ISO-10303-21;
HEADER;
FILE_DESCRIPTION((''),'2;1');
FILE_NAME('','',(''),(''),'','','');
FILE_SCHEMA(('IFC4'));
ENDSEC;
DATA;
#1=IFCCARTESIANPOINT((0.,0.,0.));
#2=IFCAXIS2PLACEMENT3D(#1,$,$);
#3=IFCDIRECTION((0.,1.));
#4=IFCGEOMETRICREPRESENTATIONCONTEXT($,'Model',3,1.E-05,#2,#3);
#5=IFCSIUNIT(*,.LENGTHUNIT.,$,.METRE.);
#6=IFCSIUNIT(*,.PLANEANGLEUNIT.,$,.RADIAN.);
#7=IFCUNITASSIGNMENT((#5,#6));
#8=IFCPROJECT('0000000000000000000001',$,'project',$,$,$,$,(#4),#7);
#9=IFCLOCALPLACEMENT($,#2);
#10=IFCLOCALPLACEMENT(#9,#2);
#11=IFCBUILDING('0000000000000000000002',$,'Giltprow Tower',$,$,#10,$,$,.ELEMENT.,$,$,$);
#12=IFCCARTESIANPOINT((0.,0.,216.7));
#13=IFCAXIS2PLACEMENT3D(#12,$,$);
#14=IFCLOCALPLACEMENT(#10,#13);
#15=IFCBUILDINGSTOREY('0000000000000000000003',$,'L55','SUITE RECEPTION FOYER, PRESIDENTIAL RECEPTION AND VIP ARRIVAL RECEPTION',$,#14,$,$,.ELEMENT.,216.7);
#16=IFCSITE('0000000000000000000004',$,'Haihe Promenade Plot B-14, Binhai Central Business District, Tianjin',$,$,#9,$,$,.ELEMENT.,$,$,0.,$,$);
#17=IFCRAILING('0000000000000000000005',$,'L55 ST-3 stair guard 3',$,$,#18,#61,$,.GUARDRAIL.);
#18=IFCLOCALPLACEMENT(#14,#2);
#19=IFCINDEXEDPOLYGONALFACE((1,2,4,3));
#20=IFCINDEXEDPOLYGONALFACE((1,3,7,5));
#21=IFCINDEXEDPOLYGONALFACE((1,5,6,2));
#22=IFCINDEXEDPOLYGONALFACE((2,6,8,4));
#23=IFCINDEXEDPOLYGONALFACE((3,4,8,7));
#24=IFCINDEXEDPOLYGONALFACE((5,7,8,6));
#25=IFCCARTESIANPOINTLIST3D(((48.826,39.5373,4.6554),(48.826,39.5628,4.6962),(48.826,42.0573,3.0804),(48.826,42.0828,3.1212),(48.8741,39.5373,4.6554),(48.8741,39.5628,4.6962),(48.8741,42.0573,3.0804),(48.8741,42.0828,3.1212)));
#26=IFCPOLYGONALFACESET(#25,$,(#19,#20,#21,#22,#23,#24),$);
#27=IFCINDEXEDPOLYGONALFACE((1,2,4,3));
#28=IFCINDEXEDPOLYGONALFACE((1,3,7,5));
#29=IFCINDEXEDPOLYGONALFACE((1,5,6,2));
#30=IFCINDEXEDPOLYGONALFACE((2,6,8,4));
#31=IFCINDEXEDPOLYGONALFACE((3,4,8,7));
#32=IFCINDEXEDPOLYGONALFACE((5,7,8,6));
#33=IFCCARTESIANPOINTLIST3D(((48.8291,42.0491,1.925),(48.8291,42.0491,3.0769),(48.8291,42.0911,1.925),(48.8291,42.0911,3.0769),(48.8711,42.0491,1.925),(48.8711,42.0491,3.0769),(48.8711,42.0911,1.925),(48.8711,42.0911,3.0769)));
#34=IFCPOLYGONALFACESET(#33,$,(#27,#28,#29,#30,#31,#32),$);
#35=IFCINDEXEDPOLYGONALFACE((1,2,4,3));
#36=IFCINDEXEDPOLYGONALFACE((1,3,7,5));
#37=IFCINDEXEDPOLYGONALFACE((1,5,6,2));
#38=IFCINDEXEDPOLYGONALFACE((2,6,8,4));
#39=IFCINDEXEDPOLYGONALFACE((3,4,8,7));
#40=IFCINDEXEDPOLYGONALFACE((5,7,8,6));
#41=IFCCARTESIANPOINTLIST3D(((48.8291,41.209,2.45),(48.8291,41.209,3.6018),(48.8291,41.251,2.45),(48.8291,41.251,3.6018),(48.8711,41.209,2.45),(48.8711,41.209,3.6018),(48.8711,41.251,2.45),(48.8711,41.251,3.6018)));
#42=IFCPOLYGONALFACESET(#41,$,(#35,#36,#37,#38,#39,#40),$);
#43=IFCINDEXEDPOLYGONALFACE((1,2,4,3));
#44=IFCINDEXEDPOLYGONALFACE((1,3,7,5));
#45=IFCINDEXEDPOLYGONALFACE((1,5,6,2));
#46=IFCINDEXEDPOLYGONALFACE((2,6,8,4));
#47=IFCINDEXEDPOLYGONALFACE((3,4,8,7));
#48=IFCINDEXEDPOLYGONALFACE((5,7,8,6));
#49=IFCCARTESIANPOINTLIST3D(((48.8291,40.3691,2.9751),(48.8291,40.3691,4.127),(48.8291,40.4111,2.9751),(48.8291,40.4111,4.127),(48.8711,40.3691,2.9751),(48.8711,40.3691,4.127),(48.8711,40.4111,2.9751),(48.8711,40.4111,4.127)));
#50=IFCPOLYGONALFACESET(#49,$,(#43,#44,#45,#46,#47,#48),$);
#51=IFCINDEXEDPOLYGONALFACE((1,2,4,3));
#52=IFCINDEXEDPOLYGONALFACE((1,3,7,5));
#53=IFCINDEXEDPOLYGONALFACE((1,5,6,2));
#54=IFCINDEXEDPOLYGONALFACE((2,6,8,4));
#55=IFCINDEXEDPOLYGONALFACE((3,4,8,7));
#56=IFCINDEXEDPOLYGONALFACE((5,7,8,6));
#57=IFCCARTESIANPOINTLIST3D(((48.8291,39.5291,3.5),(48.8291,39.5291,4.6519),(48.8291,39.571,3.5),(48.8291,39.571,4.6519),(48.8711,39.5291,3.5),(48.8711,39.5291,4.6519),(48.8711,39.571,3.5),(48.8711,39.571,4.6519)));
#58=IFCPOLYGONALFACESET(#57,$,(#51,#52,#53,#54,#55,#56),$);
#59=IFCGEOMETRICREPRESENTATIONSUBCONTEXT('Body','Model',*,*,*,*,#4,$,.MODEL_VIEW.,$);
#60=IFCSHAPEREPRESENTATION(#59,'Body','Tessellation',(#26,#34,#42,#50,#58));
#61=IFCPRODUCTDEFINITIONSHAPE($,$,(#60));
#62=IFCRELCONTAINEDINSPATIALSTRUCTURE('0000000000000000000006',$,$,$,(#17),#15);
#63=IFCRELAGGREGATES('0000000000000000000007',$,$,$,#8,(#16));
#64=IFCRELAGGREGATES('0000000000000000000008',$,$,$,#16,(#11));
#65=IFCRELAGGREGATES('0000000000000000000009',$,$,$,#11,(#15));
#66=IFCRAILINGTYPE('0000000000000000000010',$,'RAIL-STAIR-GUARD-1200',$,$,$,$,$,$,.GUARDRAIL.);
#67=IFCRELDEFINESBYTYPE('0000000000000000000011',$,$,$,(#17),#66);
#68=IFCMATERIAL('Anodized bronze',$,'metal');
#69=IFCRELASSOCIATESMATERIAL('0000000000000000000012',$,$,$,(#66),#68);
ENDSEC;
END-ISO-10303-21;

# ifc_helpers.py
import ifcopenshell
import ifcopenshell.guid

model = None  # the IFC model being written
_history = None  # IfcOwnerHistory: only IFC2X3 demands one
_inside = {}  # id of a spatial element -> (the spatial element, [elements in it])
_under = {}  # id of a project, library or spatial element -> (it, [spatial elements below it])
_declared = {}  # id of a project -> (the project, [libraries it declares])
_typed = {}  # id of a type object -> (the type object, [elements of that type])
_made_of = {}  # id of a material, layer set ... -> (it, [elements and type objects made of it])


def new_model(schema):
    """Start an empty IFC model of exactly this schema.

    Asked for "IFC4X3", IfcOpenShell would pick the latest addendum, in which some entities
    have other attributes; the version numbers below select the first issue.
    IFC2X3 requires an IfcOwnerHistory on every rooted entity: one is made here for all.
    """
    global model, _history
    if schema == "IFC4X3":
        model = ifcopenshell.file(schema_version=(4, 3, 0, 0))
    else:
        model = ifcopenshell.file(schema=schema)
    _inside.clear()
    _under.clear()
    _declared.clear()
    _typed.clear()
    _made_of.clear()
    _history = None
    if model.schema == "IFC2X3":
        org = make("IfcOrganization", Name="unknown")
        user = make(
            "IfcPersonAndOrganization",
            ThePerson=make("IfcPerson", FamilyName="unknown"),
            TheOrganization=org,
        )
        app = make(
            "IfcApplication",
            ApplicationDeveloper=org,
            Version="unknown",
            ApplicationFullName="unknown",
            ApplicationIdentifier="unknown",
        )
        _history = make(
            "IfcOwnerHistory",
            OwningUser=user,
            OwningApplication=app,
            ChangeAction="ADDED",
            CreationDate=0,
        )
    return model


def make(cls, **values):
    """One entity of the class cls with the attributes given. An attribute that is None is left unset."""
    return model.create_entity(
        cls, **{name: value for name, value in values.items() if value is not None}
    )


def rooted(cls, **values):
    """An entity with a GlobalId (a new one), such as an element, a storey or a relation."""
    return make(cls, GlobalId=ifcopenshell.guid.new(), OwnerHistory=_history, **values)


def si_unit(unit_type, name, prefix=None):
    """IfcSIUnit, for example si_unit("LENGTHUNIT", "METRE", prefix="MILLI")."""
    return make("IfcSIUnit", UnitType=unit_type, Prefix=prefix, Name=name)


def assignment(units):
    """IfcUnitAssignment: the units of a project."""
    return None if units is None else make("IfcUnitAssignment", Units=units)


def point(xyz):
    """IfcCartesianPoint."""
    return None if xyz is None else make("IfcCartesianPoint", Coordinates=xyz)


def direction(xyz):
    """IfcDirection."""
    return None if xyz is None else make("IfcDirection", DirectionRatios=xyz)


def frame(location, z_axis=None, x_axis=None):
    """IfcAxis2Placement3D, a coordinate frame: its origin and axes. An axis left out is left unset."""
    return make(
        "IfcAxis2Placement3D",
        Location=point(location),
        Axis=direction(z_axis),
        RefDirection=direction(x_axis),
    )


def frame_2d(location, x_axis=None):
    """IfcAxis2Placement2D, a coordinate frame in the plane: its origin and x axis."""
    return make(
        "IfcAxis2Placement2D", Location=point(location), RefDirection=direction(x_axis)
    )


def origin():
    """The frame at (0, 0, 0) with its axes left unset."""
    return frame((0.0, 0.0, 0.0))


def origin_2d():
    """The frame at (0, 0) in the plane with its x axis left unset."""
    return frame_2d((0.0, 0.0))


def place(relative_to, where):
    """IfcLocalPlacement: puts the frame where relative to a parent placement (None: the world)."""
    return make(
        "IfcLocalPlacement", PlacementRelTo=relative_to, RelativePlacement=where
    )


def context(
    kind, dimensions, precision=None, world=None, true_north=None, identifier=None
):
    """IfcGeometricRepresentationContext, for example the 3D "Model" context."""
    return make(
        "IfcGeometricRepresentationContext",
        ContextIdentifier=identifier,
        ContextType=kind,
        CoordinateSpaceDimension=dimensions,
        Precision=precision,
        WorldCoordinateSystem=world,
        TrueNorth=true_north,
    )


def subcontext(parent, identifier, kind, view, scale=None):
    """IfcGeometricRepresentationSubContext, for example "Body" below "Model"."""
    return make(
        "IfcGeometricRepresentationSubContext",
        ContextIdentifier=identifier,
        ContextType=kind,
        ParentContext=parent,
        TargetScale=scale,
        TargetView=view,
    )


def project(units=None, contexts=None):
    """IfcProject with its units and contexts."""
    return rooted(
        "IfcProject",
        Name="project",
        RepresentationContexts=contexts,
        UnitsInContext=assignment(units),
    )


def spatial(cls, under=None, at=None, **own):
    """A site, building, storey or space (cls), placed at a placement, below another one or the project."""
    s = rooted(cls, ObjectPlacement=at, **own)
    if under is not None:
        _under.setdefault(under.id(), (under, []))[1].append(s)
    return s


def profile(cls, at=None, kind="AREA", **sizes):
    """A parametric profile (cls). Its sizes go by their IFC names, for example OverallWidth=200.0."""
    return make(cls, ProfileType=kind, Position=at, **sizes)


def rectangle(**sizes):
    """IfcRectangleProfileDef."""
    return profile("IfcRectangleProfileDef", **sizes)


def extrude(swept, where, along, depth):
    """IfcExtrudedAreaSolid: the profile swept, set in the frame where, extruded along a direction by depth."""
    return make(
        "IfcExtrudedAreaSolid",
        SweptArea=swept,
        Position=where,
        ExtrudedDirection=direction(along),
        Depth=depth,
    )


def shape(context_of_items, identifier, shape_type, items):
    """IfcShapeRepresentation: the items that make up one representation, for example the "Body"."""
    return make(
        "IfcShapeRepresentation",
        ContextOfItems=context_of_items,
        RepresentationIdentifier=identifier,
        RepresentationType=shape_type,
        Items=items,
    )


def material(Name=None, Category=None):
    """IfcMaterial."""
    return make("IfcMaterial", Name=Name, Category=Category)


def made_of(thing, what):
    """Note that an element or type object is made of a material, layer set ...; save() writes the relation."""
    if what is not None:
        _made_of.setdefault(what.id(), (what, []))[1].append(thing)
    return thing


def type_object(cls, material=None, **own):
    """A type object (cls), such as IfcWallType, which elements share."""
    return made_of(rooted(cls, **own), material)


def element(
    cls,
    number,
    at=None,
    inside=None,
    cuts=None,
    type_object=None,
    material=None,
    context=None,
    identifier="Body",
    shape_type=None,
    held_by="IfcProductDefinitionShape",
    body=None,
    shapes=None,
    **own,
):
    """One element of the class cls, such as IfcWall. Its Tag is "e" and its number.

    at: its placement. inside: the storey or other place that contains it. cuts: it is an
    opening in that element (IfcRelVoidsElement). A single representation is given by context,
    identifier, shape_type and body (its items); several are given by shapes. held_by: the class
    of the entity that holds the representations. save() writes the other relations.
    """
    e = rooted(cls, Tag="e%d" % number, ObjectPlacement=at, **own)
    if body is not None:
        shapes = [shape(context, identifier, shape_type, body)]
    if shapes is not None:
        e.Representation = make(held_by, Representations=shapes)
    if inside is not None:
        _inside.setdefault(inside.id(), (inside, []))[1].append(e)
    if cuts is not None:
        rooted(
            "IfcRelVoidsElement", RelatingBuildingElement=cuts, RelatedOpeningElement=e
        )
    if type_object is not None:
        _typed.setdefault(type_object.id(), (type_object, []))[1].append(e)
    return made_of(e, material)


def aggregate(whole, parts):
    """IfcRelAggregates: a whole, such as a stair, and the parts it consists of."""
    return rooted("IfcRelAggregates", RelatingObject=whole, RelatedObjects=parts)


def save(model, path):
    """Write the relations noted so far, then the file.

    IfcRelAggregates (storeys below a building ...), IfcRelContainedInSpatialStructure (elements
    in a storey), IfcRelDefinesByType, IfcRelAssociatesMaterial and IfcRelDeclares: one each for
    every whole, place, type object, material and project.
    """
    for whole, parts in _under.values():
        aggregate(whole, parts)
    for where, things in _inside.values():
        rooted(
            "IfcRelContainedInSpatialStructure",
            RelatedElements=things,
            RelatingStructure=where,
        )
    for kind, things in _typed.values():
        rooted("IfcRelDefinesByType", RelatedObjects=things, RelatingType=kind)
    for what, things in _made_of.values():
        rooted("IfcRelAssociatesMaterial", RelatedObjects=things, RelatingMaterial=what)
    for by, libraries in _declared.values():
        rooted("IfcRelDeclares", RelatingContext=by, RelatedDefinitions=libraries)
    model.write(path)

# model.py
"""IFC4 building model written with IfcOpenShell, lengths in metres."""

from ifc_helpers import new_model, si_unit, direction, frame, origin, origin_2d, place, context, subcontext, project, spatial, rectangle, extrude, material, type_object, element, save


model = new_model("IFC4")

# Units and contexts
model_context = context("Model", 3, precision=1e-05, world=origin(), true_north=direction((0.0, 1.0)))
body_context = subcontext(model_context, "Body", "Model", "MODEL_VIEW")
ifc_project = project(units=[si_unit("LENGTHUNIT", "METRE"), si_unit("PLANEANGLEUNIT", "RADIAN")], contexts=[model_context])

# Site, building, storey
site_placement = place(None, origin())
site = spatial("IfcSite", under=ifc_project, at=site_placement, Name="Haihe Promenade Plot B-14, Binhai Central Business District, Tianjin", CompositionType="ELEMENT", RefElevation=0.0)
building_placement = place(site_placement, origin())
building = spatial("IfcBuilding", under=site, at=building_placement, Name="Giltprow Tower", CompositionType="ELEMENT")
storey_placement = place(building_placement, frame((0.0, 0.0, 216.7)))
storey = spatial("IfcBuildingStorey", under=building, at=storey_placement, Name="L55", Description="SUITE RECEPTION FOYER, PRESIDENTIAL RECEPTION AND VIP ARRIVAL RECEPTION", CompositionType="ELEMENT", Elevation=216.7)

# Railing
ifc_material_1 = material(Name="Anodized bronze", Category="metal")
railing_type_1 = type_object("IfcRailingType", Name="RAIL-STAIR-GUARD-1200", PredefinedType="GUARDRAIL", material=ifc_material_1)
railing_1_placement = place(storey_placement, frame((48.8501, 42.0701, 1.925)))
element("IfcRailing", 1, at=railing_1_placement, inside=storey, type_object=railing_type_1, Name="L55 ST-3 stair guard 3", PredefinedType="GUARDRAIL", context=body_context, shape_type="SweptSolid", body=[
    extrude(rectangle(XDim=0.0481, YDim=0.0481, at=origin_2d()), frame((0.0, 0.0, 1.1758), z_axis=(0.0, -0.848008, 0.529984), x_axis=(1.0, 0.0, 0.0)), (0.0, 0.0, 1.0), 2.9717),
    extrude(rectangle(XDim=0.042, YDim=0.042, at=origin_2d()), origin(), (0.0, 0.0, 1.0), 1.1519),
    extrude(rectangle(XDim=0.042, YDim=0.042, at=origin_2d()), frame((0.0, -0.8401, 0.5249)), (0.0, 0.0, 1.0), 1.1519),
    extrude(rectangle(XDim=0.042, YDim=0.042, at=origin_2d()), frame((0.0, -1.6799, 1.05)), (0.0, 0.0, 1.0), 1.1519),
    extrude(rectangle(XDim=0.042, YDim=0.042, at=origin_2d()), frame((0.0, -2.52, 1.575)), (0.0, 0.0, 1.0), 1.1519),
])

save(model, "model.ifc")
